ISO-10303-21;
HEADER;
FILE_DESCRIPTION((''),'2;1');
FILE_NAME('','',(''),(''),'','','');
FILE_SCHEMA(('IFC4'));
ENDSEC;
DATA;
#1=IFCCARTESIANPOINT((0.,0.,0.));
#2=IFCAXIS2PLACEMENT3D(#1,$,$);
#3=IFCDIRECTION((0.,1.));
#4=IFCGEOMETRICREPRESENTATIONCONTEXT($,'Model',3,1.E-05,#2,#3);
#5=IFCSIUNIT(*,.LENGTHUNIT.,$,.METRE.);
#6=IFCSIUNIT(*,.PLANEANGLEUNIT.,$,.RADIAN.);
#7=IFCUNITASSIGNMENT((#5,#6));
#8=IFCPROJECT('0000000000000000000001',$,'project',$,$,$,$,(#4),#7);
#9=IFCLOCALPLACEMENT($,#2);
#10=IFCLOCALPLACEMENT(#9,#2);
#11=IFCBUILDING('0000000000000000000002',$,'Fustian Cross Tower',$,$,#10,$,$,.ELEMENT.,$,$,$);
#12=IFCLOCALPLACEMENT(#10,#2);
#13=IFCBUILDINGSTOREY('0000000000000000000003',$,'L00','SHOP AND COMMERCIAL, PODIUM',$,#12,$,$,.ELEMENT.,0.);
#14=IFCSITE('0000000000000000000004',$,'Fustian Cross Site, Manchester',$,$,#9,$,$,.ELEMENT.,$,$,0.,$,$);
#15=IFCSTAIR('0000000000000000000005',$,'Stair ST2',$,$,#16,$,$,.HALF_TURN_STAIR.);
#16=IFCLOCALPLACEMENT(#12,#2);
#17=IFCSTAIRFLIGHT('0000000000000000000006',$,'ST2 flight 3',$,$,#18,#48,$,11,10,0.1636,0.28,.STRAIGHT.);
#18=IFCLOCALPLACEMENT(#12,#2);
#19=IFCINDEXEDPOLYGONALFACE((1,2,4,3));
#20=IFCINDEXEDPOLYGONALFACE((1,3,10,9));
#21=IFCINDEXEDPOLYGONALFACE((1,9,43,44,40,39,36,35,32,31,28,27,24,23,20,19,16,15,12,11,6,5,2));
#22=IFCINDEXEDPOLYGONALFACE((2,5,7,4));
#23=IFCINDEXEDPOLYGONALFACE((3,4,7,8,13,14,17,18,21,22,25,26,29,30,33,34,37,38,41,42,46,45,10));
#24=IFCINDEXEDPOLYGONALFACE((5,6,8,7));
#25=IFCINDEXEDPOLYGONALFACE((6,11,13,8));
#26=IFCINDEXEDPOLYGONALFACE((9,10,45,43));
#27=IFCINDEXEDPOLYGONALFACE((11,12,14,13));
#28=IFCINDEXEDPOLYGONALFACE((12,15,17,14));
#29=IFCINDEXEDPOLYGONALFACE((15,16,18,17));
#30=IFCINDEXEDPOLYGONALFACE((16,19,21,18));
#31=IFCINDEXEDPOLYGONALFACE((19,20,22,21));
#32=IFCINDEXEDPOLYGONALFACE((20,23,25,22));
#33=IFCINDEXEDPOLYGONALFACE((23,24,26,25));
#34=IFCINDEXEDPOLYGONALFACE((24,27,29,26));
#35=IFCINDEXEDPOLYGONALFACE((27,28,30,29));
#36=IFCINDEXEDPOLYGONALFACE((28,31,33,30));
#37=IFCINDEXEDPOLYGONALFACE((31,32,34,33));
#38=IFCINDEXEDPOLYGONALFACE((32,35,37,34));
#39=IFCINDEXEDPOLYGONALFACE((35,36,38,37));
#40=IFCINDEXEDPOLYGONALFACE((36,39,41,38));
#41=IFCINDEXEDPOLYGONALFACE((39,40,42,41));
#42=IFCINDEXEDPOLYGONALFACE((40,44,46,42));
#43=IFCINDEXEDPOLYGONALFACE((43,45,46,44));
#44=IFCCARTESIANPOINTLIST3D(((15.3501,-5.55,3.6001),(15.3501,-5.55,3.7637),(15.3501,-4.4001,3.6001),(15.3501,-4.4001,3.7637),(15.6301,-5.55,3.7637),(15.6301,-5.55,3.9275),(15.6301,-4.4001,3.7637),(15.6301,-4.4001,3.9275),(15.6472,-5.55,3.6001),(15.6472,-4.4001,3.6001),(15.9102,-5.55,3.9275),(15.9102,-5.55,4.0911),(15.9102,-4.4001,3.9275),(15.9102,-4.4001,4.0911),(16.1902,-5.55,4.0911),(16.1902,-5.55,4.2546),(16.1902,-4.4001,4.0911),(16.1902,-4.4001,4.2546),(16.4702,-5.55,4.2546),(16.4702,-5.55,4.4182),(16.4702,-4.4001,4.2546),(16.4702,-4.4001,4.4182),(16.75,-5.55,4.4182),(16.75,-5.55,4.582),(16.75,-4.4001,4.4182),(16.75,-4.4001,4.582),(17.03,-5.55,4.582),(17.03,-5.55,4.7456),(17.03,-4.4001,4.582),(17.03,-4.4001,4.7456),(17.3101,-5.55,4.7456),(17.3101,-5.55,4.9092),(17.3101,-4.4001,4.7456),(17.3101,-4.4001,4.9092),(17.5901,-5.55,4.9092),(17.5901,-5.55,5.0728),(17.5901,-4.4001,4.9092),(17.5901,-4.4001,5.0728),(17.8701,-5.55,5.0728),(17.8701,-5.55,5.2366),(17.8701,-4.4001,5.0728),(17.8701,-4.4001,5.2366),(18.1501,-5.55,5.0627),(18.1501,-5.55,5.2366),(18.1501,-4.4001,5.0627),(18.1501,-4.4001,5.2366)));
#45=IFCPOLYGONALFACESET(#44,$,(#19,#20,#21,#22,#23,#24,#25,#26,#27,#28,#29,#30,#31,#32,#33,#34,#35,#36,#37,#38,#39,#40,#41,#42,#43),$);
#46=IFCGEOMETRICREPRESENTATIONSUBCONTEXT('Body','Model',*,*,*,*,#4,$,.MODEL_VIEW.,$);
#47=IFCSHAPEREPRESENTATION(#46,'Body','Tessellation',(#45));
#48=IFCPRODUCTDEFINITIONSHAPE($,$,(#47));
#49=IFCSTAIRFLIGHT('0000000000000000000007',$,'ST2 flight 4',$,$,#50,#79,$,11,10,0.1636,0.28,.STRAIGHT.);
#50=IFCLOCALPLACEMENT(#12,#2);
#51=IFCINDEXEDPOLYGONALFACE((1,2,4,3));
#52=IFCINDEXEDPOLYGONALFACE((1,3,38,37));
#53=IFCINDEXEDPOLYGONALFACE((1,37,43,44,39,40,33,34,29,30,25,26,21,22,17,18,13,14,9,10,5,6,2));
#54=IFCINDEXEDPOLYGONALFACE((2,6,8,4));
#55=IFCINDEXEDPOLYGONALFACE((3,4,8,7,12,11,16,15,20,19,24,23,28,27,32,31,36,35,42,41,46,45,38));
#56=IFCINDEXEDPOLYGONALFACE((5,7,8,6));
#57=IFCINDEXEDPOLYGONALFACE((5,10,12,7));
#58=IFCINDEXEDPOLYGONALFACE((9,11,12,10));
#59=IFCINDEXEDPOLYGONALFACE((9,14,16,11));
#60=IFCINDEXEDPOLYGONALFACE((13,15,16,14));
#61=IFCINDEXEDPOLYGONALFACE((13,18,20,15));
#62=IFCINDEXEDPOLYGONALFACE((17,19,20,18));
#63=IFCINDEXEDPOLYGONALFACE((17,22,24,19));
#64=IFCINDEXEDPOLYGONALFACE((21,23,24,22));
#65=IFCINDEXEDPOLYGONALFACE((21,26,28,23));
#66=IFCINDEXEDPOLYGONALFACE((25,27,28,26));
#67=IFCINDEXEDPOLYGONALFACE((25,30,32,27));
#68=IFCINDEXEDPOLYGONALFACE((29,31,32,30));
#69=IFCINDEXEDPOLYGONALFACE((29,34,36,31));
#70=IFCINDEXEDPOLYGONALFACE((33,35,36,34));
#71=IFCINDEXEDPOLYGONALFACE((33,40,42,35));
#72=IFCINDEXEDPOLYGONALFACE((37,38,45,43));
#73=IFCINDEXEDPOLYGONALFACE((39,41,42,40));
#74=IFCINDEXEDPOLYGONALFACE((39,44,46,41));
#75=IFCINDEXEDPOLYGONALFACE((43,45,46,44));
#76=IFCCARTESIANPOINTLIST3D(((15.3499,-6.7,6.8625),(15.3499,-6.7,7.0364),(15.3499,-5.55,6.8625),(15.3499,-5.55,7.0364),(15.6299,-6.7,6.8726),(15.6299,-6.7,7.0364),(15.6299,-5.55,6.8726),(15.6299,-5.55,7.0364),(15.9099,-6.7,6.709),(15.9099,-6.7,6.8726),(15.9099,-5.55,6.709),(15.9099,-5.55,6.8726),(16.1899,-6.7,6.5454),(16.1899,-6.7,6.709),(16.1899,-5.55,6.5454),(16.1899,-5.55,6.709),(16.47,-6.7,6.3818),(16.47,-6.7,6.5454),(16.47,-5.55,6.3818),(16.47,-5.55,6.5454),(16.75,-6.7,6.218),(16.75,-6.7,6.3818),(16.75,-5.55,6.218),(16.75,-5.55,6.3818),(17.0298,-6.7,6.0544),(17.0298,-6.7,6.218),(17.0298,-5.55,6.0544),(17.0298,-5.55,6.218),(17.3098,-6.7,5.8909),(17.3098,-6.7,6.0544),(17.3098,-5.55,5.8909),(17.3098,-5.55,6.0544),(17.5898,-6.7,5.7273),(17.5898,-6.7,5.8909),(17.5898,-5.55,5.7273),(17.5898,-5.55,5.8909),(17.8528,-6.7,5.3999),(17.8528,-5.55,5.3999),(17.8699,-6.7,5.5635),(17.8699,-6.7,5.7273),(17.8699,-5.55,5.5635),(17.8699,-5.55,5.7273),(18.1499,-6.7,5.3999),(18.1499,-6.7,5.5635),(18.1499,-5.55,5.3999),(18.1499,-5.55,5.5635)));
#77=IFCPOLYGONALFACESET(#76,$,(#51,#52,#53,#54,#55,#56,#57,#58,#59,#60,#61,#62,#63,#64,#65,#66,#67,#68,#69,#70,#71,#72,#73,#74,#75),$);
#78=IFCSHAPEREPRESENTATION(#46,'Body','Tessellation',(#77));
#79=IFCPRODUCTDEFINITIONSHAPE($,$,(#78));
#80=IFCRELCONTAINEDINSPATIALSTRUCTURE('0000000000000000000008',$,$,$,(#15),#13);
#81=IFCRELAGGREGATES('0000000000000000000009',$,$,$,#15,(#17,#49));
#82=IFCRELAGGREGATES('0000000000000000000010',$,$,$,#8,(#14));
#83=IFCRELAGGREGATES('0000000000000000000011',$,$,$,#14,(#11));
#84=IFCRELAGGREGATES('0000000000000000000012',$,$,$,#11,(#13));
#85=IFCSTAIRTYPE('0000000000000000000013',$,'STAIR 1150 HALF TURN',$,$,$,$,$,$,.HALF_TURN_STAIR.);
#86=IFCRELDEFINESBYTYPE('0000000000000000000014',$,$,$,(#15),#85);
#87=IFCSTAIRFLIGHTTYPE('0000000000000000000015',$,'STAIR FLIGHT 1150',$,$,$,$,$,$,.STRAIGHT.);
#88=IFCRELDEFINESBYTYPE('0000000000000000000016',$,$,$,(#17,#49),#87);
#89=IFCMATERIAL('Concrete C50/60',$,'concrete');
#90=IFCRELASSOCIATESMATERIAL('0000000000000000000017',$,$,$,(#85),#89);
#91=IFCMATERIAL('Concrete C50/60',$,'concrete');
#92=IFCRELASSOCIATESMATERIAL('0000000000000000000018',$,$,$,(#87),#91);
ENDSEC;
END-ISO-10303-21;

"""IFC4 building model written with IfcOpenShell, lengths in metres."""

from ifc_helpers import new_model, si_unit, direction, frame, origin, place, context, subcontext, project, spatial, polyline, outline, extrude, material, type_object, element, aggregate, save


model = new_model("IFC4")

# Units and contexts
model_context = context("Model", 3, precision=1e-05, world=origin(), true_north=direction((0.0, 1.0)))
body_context = subcontext(model_context, "Body", "Model", "MODEL_VIEW")
ifc_project = project(units=[si_unit("LENGTHUNIT", "METRE"), si_unit("PLANEANGLEUNIT", "RADIAN")], contexts=[model_context])

# Site, building, storey
site_placement = place(None, origin())
site = spatial("IfcSite", under=ifc_project, at=site_placement, Name="Fustian Cross Site, Manchester", CompositionType="ELEMENT", RefElevation=0.0)
building_placement = place(site_placement, origin())
building = spatial("IfcBuilding", under=site, at=building_placement, Name="Fustian Cross Tower", CompositionType="ELEMENT")
storey_placement = place(building_placement, origin())
storey = spatial("IfcBuildingStorey", under=building, at=storey_placement, Name="L00", Description="SHOP AND COMMERCIAL, PODIUM", CompositionType="ELEMENT", Elevation=0.0)

# Stair, stair flights
ifc_material_1 = material(Name="Concrete C50/60", Category="concrete")
stair_type = type_object("IfcStairType", Name="STAIR 1150 HALF TURN", PredefinedType="HALF_TURN_STAIR", material=ifc_material_1)
stair_placement = place(storey_placement, origin())
stair = element("IfcStair", 1, at=stair_placement, inside=storey, type_object=stair_type, Name="Stair ST2", PredefinedType="HALF_TURN_STAIR")
ifc_material_2 = material(Name="Concrete C50/60", Category="concrete")
stair_flight_type = type_object("IfcStairFlightType", Name="STAIR FLIGHT 1150", PredefinedType="STRAIGHT", material=ifc_material_2)
stair_flight_1_placement = place(storey_placement, frame((15.3501, -4.9751, 3.6001), z_axis=(0.0, 0.0, 1.0), x_axis=(1.0, 0.0, 0.0)))
stair_flight_1 = element("IfcStairFlight", 2, at=stair_flight_1_placement, type_object=stair_flight_type, Name="ST2 flight 3", NumberOfRisers=11, NumberOfTreads=10, PredefinedType="STRAIGHT", RiserHeight=0.1636, TreadLength=0.28, context=body_context, shape_type="SweptSolid", body=[
    extrude(outline(polyline([(0.0, 0.0), (0.0, 0.1636), (0.28, 0.1636), (0.28, 0.3274), (0.5601, 0.3274), (0.5601, 0.491), (0.8401, 0.491), (0.8401, 0.6545), (1.1201, 0.6545), (1.1201, 0.8181), (1.3999, 0.8181), (1.3999, 0.9819), (1.6799, 0.9819), (1.6799, 1.1455), (1.96, 1.1455), (1.96, 1.3091), (2.24, 1.3091), (2.24, 1.4727), (2.52, 1.4727), (2.52, 1.6365), (2.8, 1.6365), (2.8, 1.8), (2.8, 1.4626), (0.2971, 0.0), (0.0, 0.0)])), frame((0.0, 0.575, 0.0), z_axis=(0.0, -1.0, 0.0), x_axis=(1.0, 0.0, 0.0)), (0.0, 0.0, 1.0), 1.1499),
])
stair_flight_2_placement = place(storey_placement, frame((18.1499, -6.125, 5.3999), z_axis=(0.0, 0.0, 1.0), x_axis=(-1.0, 0.0, 0.0)))
stair_flight_2 = element("IfcStairFlight", 3, at=stair_flight_2_placement, type_object=stair_flight_type, Name="ST2 flight 4", NumberOfRisers=11, NumberOfTreads=10, PredefinedType="STRAIGHT", RiserHeight=0.1636, TreadLength=0.28, context=body_context, shape_type="SweptSolid", body=[
    extrude(outline(polyline([(0.0, 0.0), (0.0, 0.1636), (0.28, 0.1636), (0.28, 0.3274), (0.5601, 0.3274), (0.5601, 0.491), (0.8401, 0.491), (0.8401, 0.6545), (1.1201, 0.6545), (1.1201, 0.8181), (1.3999, 0.8181), (1.3999, 0.9819), (1.6799, 0.9819), (1.6799, 1.1455), (1.96, 1.1455), (1.96, 1.3091), (2.24, 1.3091), (2.24, 1.4727), (2.52, 1.4727), (2.52, 1.6365), (2.8, 1.6365), (2.8, 1.8), (2.8, 1.4626), (0.2971, 0.0), (0.0, 0.0)])), frame((0.0, 0.575, 0.0), z_axis=(0.0, -1.0, 0.0), x_axis=(1.0, 0.0, 0.0)), (0.0, 0.0, 1.0), 1.1499),
])
aggregate(stair, [stair_flight_1, stair_flight_2])

save(model, "model.ifc")
